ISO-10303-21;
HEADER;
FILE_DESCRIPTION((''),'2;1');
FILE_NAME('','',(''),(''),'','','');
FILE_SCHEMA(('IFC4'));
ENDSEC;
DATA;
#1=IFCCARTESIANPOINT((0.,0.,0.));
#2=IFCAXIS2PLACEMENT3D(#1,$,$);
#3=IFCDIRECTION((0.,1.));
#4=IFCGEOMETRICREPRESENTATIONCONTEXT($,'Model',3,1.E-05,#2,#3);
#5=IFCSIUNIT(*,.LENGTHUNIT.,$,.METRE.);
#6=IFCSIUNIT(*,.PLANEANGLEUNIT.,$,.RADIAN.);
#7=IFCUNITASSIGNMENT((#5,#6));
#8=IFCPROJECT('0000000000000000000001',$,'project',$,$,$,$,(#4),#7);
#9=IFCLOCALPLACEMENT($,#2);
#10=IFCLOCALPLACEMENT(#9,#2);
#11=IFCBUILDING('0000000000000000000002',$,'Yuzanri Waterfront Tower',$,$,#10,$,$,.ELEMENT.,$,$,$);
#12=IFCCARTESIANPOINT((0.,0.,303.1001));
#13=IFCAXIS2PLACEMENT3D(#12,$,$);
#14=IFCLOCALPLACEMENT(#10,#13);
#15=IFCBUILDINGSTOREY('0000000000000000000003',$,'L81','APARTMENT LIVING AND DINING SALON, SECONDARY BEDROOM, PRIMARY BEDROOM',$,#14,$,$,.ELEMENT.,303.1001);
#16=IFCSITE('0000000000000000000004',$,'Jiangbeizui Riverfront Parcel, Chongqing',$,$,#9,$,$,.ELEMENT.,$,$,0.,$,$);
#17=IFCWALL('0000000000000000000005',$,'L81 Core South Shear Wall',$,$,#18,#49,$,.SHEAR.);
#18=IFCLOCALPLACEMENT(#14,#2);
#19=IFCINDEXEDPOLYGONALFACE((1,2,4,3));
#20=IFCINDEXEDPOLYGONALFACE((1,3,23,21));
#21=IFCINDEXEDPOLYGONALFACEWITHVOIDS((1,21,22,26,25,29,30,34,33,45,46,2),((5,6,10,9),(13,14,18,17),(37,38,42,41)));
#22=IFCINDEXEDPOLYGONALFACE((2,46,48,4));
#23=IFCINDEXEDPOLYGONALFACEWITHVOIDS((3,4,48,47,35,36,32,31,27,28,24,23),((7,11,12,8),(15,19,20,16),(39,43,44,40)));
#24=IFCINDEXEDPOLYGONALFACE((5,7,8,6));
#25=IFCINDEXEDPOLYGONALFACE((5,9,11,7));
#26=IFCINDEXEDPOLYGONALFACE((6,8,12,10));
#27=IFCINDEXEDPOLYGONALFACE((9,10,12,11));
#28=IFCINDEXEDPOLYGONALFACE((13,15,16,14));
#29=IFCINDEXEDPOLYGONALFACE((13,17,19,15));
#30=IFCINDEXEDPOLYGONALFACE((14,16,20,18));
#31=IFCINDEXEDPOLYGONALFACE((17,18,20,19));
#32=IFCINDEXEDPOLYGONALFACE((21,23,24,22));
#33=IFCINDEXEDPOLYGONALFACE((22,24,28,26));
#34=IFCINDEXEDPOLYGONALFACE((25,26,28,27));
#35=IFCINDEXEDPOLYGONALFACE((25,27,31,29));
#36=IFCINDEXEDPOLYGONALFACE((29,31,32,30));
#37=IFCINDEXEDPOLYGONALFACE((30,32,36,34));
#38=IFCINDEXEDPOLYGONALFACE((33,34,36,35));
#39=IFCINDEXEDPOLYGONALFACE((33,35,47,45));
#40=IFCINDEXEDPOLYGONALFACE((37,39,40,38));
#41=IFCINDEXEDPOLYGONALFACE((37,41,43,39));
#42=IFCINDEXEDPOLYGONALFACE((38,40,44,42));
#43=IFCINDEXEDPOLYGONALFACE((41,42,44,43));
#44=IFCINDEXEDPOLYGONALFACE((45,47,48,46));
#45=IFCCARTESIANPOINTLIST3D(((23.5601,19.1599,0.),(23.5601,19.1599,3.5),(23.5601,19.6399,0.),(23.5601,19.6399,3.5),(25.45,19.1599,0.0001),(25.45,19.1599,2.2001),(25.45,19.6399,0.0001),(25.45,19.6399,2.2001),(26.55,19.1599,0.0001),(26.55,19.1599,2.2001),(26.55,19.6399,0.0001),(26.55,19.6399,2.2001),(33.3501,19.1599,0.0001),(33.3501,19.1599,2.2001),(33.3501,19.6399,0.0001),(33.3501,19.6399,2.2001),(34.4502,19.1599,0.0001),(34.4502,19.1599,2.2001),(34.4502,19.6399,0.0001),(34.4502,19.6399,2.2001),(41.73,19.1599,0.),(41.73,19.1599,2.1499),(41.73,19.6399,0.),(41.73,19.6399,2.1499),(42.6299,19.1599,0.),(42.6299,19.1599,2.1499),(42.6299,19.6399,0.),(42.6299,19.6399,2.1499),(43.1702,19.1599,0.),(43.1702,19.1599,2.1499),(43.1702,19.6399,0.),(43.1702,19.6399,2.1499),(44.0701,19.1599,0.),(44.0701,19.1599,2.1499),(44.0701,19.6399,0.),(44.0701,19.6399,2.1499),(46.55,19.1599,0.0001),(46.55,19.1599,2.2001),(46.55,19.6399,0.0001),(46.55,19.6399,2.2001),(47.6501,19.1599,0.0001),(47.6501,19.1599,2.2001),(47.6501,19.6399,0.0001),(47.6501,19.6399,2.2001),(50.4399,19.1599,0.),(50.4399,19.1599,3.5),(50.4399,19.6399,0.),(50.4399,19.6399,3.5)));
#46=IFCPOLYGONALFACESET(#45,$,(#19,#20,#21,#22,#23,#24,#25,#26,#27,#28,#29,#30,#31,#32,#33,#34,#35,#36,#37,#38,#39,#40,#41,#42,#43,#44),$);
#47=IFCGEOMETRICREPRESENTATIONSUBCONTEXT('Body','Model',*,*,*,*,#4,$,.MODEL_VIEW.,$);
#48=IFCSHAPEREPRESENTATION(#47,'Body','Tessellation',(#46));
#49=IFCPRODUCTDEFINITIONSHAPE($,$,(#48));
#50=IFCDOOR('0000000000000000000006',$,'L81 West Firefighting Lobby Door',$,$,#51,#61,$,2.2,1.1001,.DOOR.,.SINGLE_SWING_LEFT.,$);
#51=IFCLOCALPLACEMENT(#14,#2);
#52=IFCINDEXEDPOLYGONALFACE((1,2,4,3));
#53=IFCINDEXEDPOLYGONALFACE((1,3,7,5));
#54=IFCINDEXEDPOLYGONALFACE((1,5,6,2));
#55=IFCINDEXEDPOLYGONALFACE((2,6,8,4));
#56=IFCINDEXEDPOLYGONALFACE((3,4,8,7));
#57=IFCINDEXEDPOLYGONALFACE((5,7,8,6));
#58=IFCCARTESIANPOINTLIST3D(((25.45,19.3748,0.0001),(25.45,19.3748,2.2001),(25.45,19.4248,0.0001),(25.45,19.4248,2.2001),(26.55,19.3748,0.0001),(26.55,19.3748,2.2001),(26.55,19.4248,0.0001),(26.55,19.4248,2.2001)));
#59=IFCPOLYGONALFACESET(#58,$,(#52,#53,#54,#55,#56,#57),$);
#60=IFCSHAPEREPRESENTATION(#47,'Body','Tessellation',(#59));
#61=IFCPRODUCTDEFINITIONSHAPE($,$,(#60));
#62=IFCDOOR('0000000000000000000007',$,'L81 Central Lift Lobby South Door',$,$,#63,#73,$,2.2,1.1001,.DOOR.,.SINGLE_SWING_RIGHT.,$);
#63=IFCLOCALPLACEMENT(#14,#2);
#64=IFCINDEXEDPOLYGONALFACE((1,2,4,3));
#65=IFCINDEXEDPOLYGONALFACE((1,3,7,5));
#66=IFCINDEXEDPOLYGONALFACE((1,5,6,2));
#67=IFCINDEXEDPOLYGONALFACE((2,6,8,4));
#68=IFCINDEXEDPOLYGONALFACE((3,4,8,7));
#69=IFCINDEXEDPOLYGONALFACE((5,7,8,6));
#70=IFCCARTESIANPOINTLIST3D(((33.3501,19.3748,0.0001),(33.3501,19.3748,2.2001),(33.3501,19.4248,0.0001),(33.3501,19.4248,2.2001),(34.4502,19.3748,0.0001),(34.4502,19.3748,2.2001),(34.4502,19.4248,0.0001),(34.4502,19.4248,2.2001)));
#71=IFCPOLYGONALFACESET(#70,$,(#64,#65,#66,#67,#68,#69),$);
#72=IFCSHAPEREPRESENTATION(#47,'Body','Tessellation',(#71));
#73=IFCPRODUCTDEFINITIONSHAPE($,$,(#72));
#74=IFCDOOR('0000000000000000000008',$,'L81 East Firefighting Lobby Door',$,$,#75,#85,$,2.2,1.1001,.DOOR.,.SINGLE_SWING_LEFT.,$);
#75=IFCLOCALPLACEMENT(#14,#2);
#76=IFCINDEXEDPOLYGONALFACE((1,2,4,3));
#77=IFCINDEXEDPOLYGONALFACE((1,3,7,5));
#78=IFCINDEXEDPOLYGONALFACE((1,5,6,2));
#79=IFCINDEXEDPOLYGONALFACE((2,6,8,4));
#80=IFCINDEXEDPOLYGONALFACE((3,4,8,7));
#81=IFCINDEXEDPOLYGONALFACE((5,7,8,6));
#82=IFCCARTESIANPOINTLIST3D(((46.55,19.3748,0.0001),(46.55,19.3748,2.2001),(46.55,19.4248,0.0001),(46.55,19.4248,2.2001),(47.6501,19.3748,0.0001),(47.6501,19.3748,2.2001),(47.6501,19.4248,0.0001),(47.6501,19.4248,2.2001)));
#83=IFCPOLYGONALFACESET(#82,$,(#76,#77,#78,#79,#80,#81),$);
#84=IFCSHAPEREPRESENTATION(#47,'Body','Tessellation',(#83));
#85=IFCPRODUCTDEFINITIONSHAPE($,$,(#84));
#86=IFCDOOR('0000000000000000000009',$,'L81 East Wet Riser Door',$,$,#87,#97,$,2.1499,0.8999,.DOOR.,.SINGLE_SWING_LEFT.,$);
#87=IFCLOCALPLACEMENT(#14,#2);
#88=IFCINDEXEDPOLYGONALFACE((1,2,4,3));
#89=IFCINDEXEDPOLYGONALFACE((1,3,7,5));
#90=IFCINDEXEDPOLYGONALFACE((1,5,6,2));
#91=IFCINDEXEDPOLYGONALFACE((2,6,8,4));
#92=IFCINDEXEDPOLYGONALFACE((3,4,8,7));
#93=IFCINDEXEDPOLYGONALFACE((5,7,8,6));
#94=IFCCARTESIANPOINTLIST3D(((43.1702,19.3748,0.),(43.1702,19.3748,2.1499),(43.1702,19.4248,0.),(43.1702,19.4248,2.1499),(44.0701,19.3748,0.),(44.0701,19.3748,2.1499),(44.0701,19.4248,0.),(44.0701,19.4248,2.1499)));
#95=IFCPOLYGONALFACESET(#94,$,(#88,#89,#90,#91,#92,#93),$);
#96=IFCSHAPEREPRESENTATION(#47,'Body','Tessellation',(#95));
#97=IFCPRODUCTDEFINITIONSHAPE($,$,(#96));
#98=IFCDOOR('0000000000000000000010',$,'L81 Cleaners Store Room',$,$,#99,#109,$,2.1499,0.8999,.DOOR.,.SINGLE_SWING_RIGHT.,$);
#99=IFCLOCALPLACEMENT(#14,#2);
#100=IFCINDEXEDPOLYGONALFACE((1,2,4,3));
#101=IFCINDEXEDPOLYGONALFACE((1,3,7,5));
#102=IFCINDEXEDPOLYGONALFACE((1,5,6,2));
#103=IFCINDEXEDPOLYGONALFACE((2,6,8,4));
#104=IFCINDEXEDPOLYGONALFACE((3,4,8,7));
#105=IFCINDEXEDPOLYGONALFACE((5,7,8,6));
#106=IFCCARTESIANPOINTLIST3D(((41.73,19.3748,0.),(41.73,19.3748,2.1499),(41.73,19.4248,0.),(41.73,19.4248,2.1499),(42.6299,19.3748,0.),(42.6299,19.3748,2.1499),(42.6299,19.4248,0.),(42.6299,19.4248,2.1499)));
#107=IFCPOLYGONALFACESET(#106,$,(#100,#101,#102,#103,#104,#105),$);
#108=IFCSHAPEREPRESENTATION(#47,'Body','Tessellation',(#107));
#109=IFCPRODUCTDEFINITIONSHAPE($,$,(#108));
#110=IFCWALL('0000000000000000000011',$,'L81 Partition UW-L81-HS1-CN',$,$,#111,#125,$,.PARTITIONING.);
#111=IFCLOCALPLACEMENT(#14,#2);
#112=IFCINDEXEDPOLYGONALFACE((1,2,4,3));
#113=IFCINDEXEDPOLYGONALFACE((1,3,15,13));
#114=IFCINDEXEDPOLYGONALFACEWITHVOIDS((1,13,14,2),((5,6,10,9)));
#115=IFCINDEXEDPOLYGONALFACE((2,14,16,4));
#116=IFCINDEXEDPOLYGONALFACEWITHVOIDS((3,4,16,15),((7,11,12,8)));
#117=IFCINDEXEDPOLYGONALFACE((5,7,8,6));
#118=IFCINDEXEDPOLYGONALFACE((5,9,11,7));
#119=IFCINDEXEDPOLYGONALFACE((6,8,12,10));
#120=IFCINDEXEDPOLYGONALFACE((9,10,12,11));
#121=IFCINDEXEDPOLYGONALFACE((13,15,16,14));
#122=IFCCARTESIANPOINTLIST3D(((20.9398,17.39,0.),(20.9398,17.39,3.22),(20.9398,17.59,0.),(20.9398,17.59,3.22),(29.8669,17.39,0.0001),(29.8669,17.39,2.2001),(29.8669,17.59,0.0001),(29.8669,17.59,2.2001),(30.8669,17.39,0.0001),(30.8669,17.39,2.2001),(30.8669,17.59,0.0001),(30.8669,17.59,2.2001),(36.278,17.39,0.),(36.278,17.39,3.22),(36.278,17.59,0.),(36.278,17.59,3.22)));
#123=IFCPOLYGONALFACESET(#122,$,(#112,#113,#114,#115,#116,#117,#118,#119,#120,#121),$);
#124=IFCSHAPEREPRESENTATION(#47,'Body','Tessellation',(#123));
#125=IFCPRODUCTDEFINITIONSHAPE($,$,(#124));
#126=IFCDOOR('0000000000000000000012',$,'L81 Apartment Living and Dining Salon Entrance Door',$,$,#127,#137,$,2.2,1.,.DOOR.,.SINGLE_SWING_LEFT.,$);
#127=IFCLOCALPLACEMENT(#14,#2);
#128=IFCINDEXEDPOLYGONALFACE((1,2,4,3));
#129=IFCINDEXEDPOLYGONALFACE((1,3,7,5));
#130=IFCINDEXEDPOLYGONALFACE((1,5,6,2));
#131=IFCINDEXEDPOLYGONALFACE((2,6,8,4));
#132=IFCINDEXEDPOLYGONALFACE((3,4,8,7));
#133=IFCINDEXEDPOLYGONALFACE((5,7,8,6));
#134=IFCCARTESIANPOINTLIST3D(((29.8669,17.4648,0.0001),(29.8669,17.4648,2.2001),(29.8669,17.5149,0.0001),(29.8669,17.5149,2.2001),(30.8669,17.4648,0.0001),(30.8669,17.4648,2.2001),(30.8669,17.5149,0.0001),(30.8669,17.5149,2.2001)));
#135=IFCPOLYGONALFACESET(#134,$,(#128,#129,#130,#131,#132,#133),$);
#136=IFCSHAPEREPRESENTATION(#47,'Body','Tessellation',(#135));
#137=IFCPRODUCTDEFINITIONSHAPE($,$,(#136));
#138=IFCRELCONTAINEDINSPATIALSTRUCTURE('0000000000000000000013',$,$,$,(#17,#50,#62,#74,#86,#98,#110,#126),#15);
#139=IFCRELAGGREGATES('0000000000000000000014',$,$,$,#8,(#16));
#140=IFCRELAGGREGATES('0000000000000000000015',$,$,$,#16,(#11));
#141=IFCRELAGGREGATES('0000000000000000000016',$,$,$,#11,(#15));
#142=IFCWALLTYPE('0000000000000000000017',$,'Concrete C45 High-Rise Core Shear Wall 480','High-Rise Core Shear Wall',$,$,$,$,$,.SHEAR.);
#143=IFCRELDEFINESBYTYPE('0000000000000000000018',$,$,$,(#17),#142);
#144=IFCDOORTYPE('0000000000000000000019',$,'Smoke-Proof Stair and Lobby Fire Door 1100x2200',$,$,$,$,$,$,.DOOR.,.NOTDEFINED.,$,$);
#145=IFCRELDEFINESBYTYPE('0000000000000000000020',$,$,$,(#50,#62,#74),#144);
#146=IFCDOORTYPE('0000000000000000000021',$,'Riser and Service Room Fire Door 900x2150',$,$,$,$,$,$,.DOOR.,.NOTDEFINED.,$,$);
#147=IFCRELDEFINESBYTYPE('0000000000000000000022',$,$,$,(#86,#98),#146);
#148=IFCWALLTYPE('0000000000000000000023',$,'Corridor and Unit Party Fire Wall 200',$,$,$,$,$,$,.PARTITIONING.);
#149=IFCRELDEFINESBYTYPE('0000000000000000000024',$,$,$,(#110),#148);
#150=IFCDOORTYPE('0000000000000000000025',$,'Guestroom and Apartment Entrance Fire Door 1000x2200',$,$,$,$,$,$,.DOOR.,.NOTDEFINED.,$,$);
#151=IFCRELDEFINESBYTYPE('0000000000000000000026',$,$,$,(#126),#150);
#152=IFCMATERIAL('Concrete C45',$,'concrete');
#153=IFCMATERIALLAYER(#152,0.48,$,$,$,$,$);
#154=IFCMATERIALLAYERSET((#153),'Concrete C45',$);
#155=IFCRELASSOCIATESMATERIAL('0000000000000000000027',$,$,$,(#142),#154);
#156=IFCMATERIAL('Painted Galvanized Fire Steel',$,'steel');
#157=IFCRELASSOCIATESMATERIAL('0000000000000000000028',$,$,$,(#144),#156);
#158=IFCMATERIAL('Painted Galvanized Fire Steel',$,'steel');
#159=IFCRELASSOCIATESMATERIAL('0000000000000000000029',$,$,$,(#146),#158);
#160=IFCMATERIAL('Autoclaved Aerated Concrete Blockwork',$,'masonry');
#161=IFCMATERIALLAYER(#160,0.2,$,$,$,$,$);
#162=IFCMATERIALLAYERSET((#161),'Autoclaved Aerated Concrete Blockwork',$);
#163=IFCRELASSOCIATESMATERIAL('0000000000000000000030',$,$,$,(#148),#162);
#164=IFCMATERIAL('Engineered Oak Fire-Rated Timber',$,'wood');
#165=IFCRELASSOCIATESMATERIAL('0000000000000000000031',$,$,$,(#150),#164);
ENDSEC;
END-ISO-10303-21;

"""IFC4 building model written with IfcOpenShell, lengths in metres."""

from ifc_helpers import new_model, si_unit, direction, frame, frame_2d, origin, place, context, subcontext, project, spatial, rectangle, extrude, source, transform, mapped, material, layer, layer_set, type_object, element, fill, save


model = new_model("IFC4")

# Units and contexts
model_context = context("Model", 3, precision=1e-05, world=origin(), true_north=direction((0.0, 1.0)))
body_context = subcontext(model_context, "Body", "Model", "MODEL_VIEW")
ifc_project = project(units=[si_unit("LENGTHUNIT", "METRE"), si_unit("PLANEANGLEUNIT", "RADIAN")], contexts=[model_context])

# Site, building, storey
site_placement = place(None, origin())
site = spatial("IfcSite", under=ifc_project, at=site_placement, Name="Jiangbeizui Riverfront Parcel, Chongqing", CompositionType="ELEMENT", RefElevation=0.0)
building_placement = place(site_placement, origin())
building = spatial("IfcBuilding", under=site, at=building_placement, Name="Yuzanri Waterfront Tower", CompositionType="ELEMENT")
storey_placement = place(building_placement, frame((0.0, 0.0, 303.1001)))
storey = spatial("IfcBuildingStorey", under=building, at=storey_placement, Name="L81", Description="APARTMENT LIVING AND DINING SALON, SECONDARY BEDROOM, PRIMARY BEDROOM", CompositionType="ELEMENT", Elevation=303.1001)

# Wall, openings, doors
ifc_material_1 = material(Name="Concrete C45", Category="concrete")
ifc_layer_1 = layer(ifc_material_1, 0.48)
ifc_layer_set_1 = layer_set([ifc_layer_1], Name="Concrete C45")
wall_type_1 = type_object("IfcWallType", Name="Concrete C45 High-Rise Core Shear Wall 480", Description="High-Rise Core Shear Wall", PredefinedType="SHEAR", material=ifc_layer_set_1)
wall_1_placement = place(storey_placement, frame((23.5601, 19.3999, 0.0), z_axis=(0.0, 0.0, 1.0), x_axis=(1.0, 0.0, 0.0)))
wall_1 = element("IfcWall", 1, at=wall_1_placement, inside=storey, type_object=wall_type_1, Name="L81 Core South Shear Wall", PredefinedType="SHEAR", context=body_context, shape_type="SweptSolid", body=[
    extrude(rectangle(XDim=26.8799, YDim=0.48, at=frame_2d((13.4399, 0.0))), origin(), (0.0, 0.0, 1.0), 3.5),
])
opening_1_placement = place(wall_1_placement, frame((1.8899, 0.0, 0.0)))
opening_1 = element("IfcOpeningElement", 2, at=opening_1_placement, cuts=wall_1, PredefinedType="OPENING", context=body_context, shape_type="SweptSolid", body=[
    extrude(rectangle(XDim=1.1001, YDim=2.2, at=frame_2d((0.55, 1.1001))), frame((0.0, 0.2549, 0.0), z_axis=(0.0, -1.0, 0.0), x_axis=(1.0, 0.0, 0.0)), (0.0, 0.0, 1.0), 0.5098),
])
opening_2_placement = place(wall_1_placement, frame((9.79, 0.0, 0.0)))
opening_2 = element("IfcOpeningElement", 3, at=opening_2_placement, cuts=wall_1, PredefinedType="OPENING", context=body_context, shape_type="SweptSolid", body=[
    extrude(rectangle(XDim=1.1001, YDim=2.2, at=frame_2d((0.55, 1.1001))), frame((0.0, 0.2549, 0.0), z_axis=(0.0, -1.0, 0.0), x_axis=(1.0, 0.0, 0.0)), (0.0, 0.0, 1.0), 0.5098),
])
opening_3_placement = place(wall_1_placement, frame((22.99, 0.0, 0.0)))
opening_3 = element("IfcOpeningElement", 4, at=opening_3_placement, cuts=wall_1, PredefinedType="OPENING", context=body_context, shape_type="SweptSolid", body=[
    extrude(rectangle(XDim=1.1001, YDim=2.2, at=frame_2d((0.55, 1.1001))), frame((0.0, 0.2549, 0.0), z_axis=(0.0, -1.0, 0.0), x_axis=(1.0, 0.0, 0.0)), (0.0, 0.0, 1.0), 0.5098),
])
opening_4_placement = place(wall_1_placement, frame((19.6101, 0.0, 0.0)))
opening_4 = element("IfcOpeningElement", 5, at=opening_4_placement, cuts=wall_1, PredefinedType="OPENING", context=body_context, shape_type="SweptSolid", body=[
    extrude(rectangle(XDim=0.8999, YDim=2.1499, at=frame_2d((0.45, 1.075))), frame((0.0, 0.2549, 0.0), z_axis=(0.0, -1.0, 0.0), x_axis=(1.0, 0.0, 0.0)), (0.0, 0.0, 1.0), 0.5098),
])
opening_5_placement = place(wall_1_placement, frame((18.1699, 0.0, 0.0)))
opening_5 = element("IfcOpeningElement", 6, at=opening_5_placement, cuts=wall_1, PredefinedType="OPENING", context=body_context, shape_type="SweptSolid", body=[
    extrude(rectangle(XDim=0.8999, YDim=2.1499, at=frame_2d((0.45, 1.075))), frame((0.0, 0.2549, 0.0), z_axis=(0.0, -1.0, 0.0), x_axis=(1.0, 0.0, 0.0)), (0.0, 0.0, 1.0), 0.5098),
])
ifc_material_2 = material(Name="Painted Galvanized Fire Steel", Category="steel")
door_type_1 = type_object("IfcDoorType", Name="Smoke-Proof Stair and Lobby Fire Door 1100x2200", OperationType="NOTDEFINED", PredefinedType="DOOR", material=ifc_material_2)
shared_shape_1 = source(origin(), body_context, "Body", "SweptSolid", [
    extrude(rectangle(XDim=1.1001, YDim=2.2, at=frame_2d((0.55, 1.1001))), frame((0.0, 0.0249, 0.0), z_axis=(0.0, -1.0, 0.0), x_axis=(1.0, 0.0, 0.0)), (0.0, 0.0, 1.0), 0.05),
])
door_1_placement = place(opening_1_placement, origin())
door_1 = element("IfcDoor", 7, at=door_1_placement, inside=storey, type_object=door_type_1, Name="L81 West Firefighting Lobby Door", OperationType="SINGLE_SWING_LEFT", OverallHeight=2.2, OverallWidth=1.1001, PredefinedType="DOOR", context=body_context, shape_type="MappedRepresentation", body=[
    mapped(shared_shape_1, transform((0.0, 0.0, 0.0), scale=1.0)),
])
fill(opening_1, door_1)
door_2_placement = place(opening_2_placement, origin())
door_2 = element("IfcDoor", 8, at=door_2_placement, inside=storey, type_object=door_type_1, Name="L81 Central Lift Lobby South Door", OperationType="SINGLE_SWING_RIGHT", OverallHeight=2.2, OverallWidth=1.1001, PredefinedType="DOOR", context=body_context, shape_type="MappedRepresentation", body=[
    mapped(shared_shape_1, transform((0.0, 0.0, 0.0), scale=1.0)),
])
fill(opening_2, door_2)
door_3_placement = place(opening_3_placement, origin())
door_3 = element("IfcDoor", 9, at=door_3_placement, inside=storey, type_object=door_type_1, Name="L81 East Firefighting Lobby Door", OperationType="SINGLE_SWING_LEFT", OverallHeight=2.2, OverallWidth=1.1001, PredefinedType="DOOR", context=body_context, shape_type="MappedRepresentation", body=[
    mapped(shared_shape_1, transform((0.0, 0.0, 0.0), scale=1.0)),
])
fill(opening_3, door_3)
ifc_material_3 = material(Name="Painted Galvanized Fire Steel", Category="steel")
door_type_2 = type_object("IfcDoorType", Name="Riser and Service Room Fire Door 900x2150", OperationType="NOTDEFINED", PredefinedType="DOOR", material=ifc_material_3)
shared_shape_2 = source(origin(), body_context, "Body", "SweptSolid", [
    extrude(rectangle(XDim=0.8999, YDim=2.1499, at=frame_2d((0.45, 1.075))), frame((0.0, 0.0249, 0.0), z_axis=(0.0, -1.0, 0.0), x_axis=(1.0, 0.0, 0.0)), (0.0, 0.0, 1.0), 0.05),
])
door_4_placement = place(opening_4_placement, origin())
door_4 = element("IfcDoor", 10, at=door_4_placement, inside=storey, type_object=door_type_2, Name="L81 East Wet Riser Door", OperationType="SINGLE_SWING_LEFT", OverallHeight=2.1499, OverallWidth=0.8999, PredefinedType="DOOR", context=body_context, shape_type="MappedRepresentation", body=[
    mapped(shared_shape_2, transform((0.0, 0.0, 0.0), scale=1.0)),
])
fill(opening_4, door_4)
door_5_placement = place(opening_5_placement, origin())
door_5 = element("IfcDoor", 11, at=door_5_placement, inside=storey, type_object=door_type_2, Name="L81 Cleaners Store Room", OperationType="SINGLE_SWING_RIGHT", OverallHeight=2.1499, OverallWidth=0.8999, PredefinedType="DOOR", context=body_context, shape_type="MappedRepresentation", body=[
    mapped(shared_shape_2, transform((0.0, 0.0, 0.0), scale=1.0)),
])
fill(opening_5, door_5)

# Wall, opening, door
ifc_material_4 = material(Name="Autoclaved Aerated Concrete Blockwork", Category="masonry")
ifc_layer_2 = layer(ifc_material_4, 0.2)
ifc_layer_set_2 = layer_set([ifc_layer_2], Name="Autoclaved Aerated Concrete Blockwork")
wall_type_2 = type_object("IfcWallType", Name="Corridor and Unit Party Fire Wall 200", PredefinedType="PARTITIONING", material=ifc_layer_set_2)
wall_2_placement = place(storey_placement, frame((20.9399, 17.49, 0.0), z_axis=(0.0, 0.0, 1.0), x_axis=(1.0, 0.0, 0.0)))
wall_2 = element("IfcWall", 12, at=wall_2_placement, inside=storey, type_object=wall_type_2, Name="L81 Partition UW-L81-HS1-CN", PredefinedType="PARTITIONING", context=body_context, shape_type="SweptSolid", body=[
    extrude(rectangle(XDim=15.3381, YDim=0.2, at=frame_2d((7.6689, 0.0))), origin(), (0.0, 0.0, 1.0), 3.22),
])
opening_6_placement = place(wall_2_placement, frame((8.927, 0.0, 0.0)))
opening_6 = element("IfcOpeningElement", 13, at=opening_6_placement, cuts=wall_2, PredefinedType="OPENING", context=body_context, shape_type="SweptSolid", body=[
    extrude(rectangle(XDim=1.0, YDim=2.2, at=frame_2d((0.5, 1.1001))), frame((0.0, 0.1147, 0.0), z_axis=(0.0, -1.0, 0.0), x_axis=(1.0, 0.0, 0.0)), (0.0, 0.0, 1.0), 0.2297),
])
ifc_material_5 = material(Name="Engineered Oak Fire-Rated Timber", Category="wood")
door_type_3 = type_object("IfcDoorType", Name="Guestroom and Apartment Entrance Fire Door 1000x2200", OperationType="NOTDEFINED", PredefinedType="DOOR", material=ifc_material_5)
shared_shape_3 = source(origin(), body_context, "Body", "SweptSolid", [
    extrude(rectangle(XDim=1.0, YDim=2.2, at=frame_2d((0.5, 1.1001))), frame((0.0, 0.0249, 0.0), z_axis=(0.0, -1.0, 0.0), x_axis=(1.0, 0.0, 0.0)), (0.0, 0.0, 1.0), 0.05),
])
door_6_placement = place(opening_6_placement, origin())
door_6 = element("IfcDoor", 14, at=door_6_placement, inside=storey, type_object=door_type_3, Name="L81 Apartment Living and Dining Salon Entrance Door", OperationType="SINGLE_SWING_LEFT", OverallHeight=2.2, OverallWidth=1.0, PredefinedType="DOOR", context=body_context, shape_type="MappedRepresentation", body=[
    mapped(shared_shape_3, transform((0.0, 0.0, 0.0), scale=1.0)),
])
fill(opening_6, door_6)

save(model, "model.ifc")
